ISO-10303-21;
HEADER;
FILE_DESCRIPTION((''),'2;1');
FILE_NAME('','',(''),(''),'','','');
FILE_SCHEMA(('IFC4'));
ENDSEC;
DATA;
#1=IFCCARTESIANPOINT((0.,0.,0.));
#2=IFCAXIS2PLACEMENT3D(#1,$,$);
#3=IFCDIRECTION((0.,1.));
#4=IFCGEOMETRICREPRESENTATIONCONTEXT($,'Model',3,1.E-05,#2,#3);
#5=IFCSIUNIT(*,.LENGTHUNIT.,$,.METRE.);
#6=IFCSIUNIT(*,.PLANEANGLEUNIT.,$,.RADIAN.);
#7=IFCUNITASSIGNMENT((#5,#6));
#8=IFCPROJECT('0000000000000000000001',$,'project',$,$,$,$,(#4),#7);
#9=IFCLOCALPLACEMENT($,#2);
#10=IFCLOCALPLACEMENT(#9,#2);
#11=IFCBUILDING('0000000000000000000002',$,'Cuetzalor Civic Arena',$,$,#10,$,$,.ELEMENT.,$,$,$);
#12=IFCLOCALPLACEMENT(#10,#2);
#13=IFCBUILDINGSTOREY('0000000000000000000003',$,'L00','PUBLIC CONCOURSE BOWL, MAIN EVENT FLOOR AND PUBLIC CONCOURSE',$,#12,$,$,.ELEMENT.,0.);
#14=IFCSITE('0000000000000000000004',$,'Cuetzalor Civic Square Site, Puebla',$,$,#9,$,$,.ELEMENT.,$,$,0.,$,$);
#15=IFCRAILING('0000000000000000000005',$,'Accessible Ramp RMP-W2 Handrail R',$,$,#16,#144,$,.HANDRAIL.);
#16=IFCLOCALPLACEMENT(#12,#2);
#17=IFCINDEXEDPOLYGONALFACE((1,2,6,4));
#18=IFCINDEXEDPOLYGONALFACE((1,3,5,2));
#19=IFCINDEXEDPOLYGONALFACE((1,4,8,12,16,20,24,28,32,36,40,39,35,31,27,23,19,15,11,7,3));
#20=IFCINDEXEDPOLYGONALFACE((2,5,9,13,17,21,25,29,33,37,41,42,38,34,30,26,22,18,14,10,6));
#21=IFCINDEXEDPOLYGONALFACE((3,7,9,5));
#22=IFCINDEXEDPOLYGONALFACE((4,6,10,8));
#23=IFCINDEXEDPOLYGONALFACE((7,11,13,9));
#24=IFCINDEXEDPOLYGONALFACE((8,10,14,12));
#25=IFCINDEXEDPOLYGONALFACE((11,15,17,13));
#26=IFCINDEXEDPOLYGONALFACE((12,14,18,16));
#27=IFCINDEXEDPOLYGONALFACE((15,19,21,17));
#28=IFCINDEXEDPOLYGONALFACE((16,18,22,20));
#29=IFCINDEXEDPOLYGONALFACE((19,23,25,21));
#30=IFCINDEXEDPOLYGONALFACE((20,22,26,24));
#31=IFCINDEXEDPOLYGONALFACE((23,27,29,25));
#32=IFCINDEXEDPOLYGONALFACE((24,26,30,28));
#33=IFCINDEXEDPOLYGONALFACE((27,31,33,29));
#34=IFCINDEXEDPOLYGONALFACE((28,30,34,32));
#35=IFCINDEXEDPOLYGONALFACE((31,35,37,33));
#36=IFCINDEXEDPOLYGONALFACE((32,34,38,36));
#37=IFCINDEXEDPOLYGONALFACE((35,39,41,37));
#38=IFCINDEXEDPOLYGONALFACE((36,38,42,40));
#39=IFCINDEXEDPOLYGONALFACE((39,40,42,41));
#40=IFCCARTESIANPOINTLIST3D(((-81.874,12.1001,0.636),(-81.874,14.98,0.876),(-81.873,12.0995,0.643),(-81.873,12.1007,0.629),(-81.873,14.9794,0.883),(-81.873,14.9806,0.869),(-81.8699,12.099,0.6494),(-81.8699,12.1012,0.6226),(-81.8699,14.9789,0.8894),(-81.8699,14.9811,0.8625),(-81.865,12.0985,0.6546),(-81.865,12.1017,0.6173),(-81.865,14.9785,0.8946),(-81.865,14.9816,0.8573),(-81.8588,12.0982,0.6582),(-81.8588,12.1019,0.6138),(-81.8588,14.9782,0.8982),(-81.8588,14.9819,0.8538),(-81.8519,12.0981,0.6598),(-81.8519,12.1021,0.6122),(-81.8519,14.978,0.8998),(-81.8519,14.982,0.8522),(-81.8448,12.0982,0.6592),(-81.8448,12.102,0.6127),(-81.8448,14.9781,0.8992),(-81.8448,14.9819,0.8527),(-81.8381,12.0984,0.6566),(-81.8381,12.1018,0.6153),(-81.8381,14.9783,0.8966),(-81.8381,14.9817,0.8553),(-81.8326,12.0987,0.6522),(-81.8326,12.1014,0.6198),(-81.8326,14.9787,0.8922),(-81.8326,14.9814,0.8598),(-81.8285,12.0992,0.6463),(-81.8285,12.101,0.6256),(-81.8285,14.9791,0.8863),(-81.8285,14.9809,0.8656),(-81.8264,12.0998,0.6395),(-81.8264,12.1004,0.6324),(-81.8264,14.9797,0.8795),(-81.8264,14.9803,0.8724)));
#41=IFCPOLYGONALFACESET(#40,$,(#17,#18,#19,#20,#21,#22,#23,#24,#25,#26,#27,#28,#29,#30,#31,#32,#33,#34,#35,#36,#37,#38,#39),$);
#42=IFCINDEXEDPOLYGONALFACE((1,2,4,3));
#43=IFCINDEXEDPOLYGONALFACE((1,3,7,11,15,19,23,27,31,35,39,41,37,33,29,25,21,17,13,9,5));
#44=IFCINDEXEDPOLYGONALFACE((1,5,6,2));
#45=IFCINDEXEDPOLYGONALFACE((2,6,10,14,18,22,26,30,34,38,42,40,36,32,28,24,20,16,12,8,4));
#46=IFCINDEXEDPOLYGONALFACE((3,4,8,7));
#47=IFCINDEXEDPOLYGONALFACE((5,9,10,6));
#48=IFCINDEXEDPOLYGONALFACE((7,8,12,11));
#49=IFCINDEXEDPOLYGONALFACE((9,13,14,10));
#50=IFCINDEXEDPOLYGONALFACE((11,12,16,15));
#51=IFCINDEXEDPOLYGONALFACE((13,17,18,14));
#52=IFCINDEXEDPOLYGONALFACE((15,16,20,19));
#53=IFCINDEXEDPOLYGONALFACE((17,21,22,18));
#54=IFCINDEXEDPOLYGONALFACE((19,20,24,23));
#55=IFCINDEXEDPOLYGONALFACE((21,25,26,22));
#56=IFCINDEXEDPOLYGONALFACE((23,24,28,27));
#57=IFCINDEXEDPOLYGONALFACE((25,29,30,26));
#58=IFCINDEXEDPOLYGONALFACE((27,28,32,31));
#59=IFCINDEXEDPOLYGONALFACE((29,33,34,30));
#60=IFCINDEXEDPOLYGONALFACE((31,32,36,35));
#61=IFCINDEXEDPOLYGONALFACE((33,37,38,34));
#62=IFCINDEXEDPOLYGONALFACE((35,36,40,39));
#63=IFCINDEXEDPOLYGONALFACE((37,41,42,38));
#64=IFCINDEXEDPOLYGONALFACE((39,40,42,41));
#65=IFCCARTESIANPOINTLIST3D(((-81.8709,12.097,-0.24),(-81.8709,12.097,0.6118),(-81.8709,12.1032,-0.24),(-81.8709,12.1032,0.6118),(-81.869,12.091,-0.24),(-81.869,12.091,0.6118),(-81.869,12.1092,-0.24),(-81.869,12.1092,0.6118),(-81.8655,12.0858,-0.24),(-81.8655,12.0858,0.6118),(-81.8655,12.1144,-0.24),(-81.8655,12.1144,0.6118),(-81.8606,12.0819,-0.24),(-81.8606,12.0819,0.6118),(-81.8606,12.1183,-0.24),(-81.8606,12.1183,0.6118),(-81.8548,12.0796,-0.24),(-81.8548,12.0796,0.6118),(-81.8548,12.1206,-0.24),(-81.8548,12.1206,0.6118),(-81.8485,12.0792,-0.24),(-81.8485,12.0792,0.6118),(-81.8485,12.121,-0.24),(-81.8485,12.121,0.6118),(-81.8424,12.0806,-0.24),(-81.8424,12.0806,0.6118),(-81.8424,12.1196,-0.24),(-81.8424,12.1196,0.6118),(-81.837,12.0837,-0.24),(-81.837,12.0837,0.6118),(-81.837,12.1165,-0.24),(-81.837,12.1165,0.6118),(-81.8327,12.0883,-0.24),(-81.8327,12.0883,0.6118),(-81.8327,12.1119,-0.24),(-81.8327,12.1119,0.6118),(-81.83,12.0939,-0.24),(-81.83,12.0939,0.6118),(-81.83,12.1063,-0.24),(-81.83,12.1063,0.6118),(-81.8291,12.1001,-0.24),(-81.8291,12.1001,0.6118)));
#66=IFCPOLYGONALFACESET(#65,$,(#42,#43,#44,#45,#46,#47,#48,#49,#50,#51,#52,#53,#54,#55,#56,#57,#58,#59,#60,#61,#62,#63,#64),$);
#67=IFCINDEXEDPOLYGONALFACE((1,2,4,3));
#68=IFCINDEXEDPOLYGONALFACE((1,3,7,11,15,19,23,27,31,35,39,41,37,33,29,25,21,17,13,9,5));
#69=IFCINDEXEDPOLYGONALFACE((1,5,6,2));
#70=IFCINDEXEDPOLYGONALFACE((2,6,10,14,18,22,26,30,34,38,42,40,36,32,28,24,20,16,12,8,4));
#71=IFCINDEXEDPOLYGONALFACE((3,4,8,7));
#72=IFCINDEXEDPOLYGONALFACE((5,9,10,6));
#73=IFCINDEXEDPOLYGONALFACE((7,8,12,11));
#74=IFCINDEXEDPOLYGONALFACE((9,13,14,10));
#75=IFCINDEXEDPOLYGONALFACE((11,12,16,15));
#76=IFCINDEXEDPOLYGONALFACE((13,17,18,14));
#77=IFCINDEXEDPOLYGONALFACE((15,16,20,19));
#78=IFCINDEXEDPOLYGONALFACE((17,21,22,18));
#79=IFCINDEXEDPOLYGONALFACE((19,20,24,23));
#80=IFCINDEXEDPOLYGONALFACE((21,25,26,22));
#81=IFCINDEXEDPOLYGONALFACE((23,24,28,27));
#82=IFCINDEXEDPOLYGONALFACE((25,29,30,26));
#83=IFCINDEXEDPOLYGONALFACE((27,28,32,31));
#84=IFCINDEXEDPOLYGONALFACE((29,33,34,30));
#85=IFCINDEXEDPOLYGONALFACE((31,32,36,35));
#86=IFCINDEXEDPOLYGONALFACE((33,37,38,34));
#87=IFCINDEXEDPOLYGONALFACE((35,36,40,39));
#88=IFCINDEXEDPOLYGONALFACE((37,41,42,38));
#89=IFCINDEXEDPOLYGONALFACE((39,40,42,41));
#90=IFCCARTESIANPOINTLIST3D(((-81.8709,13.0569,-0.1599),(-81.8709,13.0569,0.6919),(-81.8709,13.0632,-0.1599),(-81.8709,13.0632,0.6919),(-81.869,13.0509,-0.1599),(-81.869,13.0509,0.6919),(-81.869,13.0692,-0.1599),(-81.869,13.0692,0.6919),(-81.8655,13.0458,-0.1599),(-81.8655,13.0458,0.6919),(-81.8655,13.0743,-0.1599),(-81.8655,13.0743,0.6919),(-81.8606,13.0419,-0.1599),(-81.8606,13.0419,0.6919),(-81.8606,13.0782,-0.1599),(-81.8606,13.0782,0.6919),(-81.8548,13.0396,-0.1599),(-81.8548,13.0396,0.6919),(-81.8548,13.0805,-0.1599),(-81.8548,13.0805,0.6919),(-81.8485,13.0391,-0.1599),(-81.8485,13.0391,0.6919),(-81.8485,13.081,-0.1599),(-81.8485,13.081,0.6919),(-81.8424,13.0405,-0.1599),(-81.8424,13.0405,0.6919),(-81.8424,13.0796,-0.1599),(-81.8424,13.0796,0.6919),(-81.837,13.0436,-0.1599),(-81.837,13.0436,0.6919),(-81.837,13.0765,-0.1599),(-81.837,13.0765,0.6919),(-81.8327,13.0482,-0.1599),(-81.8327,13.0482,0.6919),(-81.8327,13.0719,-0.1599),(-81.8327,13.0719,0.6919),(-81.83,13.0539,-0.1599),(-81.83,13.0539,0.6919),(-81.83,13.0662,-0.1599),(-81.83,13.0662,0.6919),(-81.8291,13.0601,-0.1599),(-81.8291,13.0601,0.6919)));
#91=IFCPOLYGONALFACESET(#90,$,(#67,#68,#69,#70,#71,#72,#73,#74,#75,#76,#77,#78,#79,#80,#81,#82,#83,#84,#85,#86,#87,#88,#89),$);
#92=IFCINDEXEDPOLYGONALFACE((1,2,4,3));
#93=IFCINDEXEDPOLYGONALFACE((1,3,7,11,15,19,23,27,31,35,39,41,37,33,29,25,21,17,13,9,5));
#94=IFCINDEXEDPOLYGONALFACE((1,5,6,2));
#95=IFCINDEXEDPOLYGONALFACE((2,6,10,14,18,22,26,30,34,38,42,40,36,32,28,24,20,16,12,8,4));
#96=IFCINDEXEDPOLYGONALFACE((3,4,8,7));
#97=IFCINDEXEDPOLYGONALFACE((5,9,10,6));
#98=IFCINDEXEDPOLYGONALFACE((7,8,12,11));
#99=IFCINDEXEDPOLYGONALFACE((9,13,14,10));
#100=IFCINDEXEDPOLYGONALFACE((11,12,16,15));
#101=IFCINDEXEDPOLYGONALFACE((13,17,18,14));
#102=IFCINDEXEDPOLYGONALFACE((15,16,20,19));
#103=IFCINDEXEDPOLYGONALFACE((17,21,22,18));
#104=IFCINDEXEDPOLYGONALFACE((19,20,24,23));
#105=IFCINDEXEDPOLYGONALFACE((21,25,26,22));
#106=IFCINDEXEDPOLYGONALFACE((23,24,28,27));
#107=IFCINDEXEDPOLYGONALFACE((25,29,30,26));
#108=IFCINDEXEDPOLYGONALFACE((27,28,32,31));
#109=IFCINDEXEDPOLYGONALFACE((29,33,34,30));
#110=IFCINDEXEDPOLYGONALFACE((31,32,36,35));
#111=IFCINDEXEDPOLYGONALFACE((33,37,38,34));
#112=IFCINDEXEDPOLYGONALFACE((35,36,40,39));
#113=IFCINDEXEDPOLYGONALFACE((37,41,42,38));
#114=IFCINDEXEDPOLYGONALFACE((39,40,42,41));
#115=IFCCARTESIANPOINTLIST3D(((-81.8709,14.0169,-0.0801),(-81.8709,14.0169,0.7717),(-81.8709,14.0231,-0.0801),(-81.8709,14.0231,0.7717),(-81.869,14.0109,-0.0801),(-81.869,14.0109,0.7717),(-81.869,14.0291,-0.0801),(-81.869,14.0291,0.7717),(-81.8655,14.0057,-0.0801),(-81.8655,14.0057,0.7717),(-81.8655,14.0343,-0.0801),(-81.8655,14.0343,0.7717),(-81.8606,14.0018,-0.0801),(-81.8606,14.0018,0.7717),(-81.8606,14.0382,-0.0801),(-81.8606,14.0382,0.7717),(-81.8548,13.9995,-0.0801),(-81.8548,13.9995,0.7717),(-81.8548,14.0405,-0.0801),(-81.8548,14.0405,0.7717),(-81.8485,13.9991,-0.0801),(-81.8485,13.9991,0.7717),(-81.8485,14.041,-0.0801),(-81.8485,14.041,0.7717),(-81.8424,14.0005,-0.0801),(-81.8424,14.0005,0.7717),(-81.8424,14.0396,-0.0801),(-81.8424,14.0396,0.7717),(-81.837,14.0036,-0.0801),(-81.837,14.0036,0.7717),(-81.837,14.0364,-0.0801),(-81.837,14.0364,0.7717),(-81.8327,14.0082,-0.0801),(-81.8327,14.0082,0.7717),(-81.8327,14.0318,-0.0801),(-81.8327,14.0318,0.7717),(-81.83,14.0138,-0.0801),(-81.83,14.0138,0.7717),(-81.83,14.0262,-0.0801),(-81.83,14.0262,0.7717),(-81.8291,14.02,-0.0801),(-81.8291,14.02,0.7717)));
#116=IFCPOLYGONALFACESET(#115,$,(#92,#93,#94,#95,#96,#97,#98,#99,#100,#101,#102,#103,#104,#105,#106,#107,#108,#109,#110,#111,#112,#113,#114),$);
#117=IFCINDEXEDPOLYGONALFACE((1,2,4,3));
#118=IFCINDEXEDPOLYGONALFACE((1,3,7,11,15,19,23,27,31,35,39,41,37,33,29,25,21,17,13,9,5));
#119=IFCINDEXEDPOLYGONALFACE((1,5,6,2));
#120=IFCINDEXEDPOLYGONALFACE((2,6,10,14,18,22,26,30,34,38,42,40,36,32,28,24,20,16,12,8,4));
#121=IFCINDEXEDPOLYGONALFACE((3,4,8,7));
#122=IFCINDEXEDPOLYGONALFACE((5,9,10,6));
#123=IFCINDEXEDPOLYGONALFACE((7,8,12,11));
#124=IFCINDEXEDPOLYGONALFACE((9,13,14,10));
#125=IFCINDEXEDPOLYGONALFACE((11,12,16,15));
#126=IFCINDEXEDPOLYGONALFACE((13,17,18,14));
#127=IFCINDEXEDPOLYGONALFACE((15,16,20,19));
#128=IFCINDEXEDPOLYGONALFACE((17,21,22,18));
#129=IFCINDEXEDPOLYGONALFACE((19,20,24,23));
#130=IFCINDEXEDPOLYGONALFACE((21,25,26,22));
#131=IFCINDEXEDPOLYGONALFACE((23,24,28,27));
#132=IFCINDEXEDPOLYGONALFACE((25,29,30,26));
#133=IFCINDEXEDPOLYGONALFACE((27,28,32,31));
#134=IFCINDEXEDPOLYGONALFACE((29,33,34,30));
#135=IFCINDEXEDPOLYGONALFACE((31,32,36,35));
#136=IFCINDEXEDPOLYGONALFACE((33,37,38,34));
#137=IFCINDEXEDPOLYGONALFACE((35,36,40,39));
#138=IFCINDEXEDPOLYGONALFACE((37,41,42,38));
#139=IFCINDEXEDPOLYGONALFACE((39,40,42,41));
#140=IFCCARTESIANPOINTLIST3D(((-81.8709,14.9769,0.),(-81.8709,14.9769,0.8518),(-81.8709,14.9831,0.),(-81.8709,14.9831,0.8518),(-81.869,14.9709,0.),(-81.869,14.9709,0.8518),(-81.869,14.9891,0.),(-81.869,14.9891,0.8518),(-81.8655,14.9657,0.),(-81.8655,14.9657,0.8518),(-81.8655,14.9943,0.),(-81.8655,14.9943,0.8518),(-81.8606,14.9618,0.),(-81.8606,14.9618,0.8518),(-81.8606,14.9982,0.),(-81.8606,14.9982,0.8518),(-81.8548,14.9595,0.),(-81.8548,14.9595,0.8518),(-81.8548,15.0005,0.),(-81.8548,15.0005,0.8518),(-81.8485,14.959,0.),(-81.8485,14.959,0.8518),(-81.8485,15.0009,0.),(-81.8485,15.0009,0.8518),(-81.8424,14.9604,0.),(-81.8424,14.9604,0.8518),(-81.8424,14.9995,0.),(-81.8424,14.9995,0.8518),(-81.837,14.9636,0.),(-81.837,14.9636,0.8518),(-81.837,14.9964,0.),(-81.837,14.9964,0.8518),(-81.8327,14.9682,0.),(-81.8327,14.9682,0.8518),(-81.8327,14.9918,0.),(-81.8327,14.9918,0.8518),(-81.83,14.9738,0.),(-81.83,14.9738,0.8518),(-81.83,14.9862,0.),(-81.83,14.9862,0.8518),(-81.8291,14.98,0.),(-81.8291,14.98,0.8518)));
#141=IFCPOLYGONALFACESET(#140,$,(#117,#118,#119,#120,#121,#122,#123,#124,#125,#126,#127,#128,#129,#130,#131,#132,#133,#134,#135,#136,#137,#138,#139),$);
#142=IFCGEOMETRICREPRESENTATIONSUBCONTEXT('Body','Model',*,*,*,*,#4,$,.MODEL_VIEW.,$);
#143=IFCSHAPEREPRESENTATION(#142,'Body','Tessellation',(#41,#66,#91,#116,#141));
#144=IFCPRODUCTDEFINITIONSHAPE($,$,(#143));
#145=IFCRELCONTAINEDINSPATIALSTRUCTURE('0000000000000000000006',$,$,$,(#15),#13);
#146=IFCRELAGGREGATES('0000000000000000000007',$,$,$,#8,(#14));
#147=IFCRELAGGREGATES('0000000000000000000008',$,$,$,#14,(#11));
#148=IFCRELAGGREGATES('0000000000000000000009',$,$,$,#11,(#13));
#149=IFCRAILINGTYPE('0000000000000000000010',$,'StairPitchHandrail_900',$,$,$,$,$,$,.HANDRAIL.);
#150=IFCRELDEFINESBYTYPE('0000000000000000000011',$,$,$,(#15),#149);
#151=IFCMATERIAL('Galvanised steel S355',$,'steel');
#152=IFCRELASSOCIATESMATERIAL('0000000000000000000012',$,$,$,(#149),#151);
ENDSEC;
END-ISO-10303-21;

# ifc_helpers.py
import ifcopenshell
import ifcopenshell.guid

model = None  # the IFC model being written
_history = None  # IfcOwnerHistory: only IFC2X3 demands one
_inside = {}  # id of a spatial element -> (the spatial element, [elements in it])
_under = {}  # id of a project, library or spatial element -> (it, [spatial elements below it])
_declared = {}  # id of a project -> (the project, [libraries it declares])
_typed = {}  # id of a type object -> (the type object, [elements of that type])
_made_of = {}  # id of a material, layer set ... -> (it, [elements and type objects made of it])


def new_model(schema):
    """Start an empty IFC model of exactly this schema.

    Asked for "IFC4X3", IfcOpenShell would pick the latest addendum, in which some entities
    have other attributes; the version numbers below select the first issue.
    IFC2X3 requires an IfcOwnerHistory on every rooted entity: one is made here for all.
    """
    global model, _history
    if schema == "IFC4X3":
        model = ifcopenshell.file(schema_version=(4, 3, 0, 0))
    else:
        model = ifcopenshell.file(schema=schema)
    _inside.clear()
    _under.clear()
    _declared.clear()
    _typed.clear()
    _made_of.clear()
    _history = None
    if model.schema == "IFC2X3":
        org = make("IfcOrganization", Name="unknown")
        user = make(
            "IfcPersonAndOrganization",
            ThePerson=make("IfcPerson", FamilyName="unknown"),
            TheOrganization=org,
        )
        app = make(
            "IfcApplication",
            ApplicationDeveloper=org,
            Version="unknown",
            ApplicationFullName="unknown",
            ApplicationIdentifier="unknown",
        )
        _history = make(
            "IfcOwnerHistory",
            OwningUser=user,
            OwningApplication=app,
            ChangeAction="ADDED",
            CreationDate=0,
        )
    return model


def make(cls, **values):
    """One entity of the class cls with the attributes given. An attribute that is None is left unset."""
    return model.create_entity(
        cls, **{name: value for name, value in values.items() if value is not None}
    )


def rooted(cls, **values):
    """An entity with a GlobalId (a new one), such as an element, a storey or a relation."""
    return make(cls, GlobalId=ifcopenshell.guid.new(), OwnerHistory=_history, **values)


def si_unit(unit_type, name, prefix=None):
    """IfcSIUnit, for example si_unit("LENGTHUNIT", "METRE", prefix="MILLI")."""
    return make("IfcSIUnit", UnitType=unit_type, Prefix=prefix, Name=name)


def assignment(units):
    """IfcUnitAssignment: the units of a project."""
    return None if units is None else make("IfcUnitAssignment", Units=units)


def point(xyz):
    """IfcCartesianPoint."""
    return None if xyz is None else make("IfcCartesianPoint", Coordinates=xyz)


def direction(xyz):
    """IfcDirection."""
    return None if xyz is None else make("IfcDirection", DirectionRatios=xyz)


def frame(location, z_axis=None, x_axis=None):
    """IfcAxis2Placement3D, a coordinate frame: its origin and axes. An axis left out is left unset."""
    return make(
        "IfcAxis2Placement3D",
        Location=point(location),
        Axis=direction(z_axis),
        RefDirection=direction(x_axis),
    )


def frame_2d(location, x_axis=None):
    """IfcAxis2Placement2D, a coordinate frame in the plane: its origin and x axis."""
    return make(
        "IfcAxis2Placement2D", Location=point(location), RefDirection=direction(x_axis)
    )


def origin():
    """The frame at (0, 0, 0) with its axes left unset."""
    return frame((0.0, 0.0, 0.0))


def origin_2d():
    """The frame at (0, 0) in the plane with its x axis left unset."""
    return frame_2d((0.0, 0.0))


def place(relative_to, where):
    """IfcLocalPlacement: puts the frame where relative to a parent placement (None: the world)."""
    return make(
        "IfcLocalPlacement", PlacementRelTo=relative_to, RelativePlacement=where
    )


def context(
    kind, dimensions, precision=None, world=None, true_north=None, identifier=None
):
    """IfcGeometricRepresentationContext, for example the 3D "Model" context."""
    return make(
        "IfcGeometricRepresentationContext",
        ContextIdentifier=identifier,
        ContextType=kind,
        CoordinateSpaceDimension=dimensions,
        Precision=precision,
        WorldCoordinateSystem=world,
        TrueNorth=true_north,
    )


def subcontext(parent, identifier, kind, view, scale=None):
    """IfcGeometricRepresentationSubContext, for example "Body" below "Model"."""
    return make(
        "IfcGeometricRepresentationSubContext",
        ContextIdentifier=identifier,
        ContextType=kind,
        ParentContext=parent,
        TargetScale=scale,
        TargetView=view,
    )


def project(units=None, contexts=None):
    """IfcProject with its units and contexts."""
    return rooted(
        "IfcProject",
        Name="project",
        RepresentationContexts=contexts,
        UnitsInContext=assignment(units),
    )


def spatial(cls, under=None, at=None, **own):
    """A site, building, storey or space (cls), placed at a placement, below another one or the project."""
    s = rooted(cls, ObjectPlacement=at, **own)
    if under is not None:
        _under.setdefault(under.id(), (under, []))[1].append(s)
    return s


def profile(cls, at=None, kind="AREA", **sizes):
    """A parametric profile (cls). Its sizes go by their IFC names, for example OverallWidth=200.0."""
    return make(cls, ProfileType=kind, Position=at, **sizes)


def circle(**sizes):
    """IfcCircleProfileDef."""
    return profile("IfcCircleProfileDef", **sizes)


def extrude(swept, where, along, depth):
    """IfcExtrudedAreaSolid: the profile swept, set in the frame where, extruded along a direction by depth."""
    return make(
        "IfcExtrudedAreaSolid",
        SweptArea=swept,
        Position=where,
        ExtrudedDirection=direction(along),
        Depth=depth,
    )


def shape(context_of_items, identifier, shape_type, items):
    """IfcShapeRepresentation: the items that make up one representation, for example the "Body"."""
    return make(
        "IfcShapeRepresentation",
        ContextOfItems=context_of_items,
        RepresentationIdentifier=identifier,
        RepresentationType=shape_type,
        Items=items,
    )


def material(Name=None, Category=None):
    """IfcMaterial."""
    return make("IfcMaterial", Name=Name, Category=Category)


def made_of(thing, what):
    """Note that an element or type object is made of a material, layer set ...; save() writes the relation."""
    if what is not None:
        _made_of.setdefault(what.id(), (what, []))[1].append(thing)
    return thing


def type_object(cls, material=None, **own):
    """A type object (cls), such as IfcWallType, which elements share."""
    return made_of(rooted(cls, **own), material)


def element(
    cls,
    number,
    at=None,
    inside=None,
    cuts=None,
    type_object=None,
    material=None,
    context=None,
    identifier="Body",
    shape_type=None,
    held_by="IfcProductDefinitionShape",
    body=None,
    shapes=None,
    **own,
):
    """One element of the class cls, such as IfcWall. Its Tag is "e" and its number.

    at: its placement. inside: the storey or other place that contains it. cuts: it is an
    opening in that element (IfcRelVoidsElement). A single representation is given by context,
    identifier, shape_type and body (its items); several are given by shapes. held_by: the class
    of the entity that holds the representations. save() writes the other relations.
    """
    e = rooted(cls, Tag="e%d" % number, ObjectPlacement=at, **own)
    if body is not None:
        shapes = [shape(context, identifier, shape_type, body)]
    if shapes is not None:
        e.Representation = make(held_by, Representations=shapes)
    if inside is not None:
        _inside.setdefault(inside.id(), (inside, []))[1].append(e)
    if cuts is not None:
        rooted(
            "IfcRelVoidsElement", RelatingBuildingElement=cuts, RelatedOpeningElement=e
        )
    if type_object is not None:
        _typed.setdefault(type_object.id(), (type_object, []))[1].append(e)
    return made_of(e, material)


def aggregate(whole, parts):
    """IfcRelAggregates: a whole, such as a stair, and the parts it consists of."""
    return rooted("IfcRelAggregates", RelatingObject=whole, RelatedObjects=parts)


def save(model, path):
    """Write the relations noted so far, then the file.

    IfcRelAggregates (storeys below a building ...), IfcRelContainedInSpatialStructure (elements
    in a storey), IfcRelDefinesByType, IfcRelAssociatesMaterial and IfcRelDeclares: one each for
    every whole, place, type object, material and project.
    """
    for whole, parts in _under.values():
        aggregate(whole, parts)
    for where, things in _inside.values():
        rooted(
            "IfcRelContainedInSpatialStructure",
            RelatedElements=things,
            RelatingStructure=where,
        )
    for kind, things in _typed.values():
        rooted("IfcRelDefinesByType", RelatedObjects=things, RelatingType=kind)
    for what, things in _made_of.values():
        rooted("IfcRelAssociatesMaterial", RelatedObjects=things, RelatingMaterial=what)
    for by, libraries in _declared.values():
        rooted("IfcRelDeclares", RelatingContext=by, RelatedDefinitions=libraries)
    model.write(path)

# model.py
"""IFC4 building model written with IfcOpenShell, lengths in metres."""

from ifc_helpers import new_model, si_unit, direction, frame, origin, origin_2d, place, context, subcontext, project, spatial, circle, extrude, material, type_object, element, save


model = new_model("IFC4")

# Units and contexts
model_context = context("Model", 3, precision=1e-05, world=origin(), true_north=direction((0.0, 1.0)))
body_context = subcontext(model_context, "Body", "Model", "MODEL_VIEW")
ifc_project = project(units=[si_unit("LENGTHUNIT", "METRE"), si_unit("PLANEANGLEUNIT", "RADIAN")], contexts=[model_context])

# Site, building, storey
site_placement = place(None, origin())
site = spatial("IfcSite", under=ifc_project, at=site_placement, Name="Cuetzalor Civic Square Site, Puebla", CompositionType="ELEMENT", RefElevation=0.0)
building_placement = place(site_placement, origin())
building = spatial("IfcBuilding", under=site, at=building_placement, Name="Cuetzalor Civic Arena", CompositionType="ELEMENT")
storey_placement = place(building_placement, origin())
storey = spatial("IfcBuildingStorey", under=building, at=storey_placement, Name="L00", Description="PUBLIC CONCOURSE BOWL, MAIN EVENT FLOOR AND PUBLIC CONCOURSE", CompositionType="ELEMENT", Elevation=0.0)

# Railing
ifc_material_1 = material(Name="Galvanised steel S355", Category="steel")
railing_type = type_object("IfcRailingType", Name="StairPitchHandrail_900", PredefinedType="HANDRAIL", material=ifc_material_1)
for number, where, name in (
    (1, (-81.8501, 12.1001, -0.24), "Accessible Ramp RMP-W2 Handrail R"),
):
    element("IfcRailing", number, at=place(storey_placement, frame(where)), inside=storey, type_object=railing_type, Name=name, PredefinedType="HANDRAIL", context=body_context, shape_type="SweptSolid", body=[
        extrude(circle(Radius=0.0239, at=origin_2d()), frame((0.0, 0.0, 0.876), z_axis=(0.0, 0.996546, 0.083045), x_axis=(-1.0, 0.0, 0.0)), (0.0, 0.0, 1.0), 2.8899),
        extrude(circle(Radius=0.021, at=origin_2d()), origin(), (0.0, 0.0, 1.0), 0.8518),
        extrude(circle(Radius=0.021, at=origin_2d()), frame((0.0, 0.96, 0.0801)), (0.0, 0.0, 1.0), 0.8518),
        extrude(circle(Radius=0.021, at=origin_2d()), frame((0.0, 1.9199, 0.1599)), (0.0, 0.0, 1.0), 0.8518),
        extrude(circle(Radius=0.021, at=origin_2d()), frame((0.0, 2.8799, 0.24)), (0.0, 0.0, 1.0), 0.8518),
    ])

save(model, "model.ifc")
